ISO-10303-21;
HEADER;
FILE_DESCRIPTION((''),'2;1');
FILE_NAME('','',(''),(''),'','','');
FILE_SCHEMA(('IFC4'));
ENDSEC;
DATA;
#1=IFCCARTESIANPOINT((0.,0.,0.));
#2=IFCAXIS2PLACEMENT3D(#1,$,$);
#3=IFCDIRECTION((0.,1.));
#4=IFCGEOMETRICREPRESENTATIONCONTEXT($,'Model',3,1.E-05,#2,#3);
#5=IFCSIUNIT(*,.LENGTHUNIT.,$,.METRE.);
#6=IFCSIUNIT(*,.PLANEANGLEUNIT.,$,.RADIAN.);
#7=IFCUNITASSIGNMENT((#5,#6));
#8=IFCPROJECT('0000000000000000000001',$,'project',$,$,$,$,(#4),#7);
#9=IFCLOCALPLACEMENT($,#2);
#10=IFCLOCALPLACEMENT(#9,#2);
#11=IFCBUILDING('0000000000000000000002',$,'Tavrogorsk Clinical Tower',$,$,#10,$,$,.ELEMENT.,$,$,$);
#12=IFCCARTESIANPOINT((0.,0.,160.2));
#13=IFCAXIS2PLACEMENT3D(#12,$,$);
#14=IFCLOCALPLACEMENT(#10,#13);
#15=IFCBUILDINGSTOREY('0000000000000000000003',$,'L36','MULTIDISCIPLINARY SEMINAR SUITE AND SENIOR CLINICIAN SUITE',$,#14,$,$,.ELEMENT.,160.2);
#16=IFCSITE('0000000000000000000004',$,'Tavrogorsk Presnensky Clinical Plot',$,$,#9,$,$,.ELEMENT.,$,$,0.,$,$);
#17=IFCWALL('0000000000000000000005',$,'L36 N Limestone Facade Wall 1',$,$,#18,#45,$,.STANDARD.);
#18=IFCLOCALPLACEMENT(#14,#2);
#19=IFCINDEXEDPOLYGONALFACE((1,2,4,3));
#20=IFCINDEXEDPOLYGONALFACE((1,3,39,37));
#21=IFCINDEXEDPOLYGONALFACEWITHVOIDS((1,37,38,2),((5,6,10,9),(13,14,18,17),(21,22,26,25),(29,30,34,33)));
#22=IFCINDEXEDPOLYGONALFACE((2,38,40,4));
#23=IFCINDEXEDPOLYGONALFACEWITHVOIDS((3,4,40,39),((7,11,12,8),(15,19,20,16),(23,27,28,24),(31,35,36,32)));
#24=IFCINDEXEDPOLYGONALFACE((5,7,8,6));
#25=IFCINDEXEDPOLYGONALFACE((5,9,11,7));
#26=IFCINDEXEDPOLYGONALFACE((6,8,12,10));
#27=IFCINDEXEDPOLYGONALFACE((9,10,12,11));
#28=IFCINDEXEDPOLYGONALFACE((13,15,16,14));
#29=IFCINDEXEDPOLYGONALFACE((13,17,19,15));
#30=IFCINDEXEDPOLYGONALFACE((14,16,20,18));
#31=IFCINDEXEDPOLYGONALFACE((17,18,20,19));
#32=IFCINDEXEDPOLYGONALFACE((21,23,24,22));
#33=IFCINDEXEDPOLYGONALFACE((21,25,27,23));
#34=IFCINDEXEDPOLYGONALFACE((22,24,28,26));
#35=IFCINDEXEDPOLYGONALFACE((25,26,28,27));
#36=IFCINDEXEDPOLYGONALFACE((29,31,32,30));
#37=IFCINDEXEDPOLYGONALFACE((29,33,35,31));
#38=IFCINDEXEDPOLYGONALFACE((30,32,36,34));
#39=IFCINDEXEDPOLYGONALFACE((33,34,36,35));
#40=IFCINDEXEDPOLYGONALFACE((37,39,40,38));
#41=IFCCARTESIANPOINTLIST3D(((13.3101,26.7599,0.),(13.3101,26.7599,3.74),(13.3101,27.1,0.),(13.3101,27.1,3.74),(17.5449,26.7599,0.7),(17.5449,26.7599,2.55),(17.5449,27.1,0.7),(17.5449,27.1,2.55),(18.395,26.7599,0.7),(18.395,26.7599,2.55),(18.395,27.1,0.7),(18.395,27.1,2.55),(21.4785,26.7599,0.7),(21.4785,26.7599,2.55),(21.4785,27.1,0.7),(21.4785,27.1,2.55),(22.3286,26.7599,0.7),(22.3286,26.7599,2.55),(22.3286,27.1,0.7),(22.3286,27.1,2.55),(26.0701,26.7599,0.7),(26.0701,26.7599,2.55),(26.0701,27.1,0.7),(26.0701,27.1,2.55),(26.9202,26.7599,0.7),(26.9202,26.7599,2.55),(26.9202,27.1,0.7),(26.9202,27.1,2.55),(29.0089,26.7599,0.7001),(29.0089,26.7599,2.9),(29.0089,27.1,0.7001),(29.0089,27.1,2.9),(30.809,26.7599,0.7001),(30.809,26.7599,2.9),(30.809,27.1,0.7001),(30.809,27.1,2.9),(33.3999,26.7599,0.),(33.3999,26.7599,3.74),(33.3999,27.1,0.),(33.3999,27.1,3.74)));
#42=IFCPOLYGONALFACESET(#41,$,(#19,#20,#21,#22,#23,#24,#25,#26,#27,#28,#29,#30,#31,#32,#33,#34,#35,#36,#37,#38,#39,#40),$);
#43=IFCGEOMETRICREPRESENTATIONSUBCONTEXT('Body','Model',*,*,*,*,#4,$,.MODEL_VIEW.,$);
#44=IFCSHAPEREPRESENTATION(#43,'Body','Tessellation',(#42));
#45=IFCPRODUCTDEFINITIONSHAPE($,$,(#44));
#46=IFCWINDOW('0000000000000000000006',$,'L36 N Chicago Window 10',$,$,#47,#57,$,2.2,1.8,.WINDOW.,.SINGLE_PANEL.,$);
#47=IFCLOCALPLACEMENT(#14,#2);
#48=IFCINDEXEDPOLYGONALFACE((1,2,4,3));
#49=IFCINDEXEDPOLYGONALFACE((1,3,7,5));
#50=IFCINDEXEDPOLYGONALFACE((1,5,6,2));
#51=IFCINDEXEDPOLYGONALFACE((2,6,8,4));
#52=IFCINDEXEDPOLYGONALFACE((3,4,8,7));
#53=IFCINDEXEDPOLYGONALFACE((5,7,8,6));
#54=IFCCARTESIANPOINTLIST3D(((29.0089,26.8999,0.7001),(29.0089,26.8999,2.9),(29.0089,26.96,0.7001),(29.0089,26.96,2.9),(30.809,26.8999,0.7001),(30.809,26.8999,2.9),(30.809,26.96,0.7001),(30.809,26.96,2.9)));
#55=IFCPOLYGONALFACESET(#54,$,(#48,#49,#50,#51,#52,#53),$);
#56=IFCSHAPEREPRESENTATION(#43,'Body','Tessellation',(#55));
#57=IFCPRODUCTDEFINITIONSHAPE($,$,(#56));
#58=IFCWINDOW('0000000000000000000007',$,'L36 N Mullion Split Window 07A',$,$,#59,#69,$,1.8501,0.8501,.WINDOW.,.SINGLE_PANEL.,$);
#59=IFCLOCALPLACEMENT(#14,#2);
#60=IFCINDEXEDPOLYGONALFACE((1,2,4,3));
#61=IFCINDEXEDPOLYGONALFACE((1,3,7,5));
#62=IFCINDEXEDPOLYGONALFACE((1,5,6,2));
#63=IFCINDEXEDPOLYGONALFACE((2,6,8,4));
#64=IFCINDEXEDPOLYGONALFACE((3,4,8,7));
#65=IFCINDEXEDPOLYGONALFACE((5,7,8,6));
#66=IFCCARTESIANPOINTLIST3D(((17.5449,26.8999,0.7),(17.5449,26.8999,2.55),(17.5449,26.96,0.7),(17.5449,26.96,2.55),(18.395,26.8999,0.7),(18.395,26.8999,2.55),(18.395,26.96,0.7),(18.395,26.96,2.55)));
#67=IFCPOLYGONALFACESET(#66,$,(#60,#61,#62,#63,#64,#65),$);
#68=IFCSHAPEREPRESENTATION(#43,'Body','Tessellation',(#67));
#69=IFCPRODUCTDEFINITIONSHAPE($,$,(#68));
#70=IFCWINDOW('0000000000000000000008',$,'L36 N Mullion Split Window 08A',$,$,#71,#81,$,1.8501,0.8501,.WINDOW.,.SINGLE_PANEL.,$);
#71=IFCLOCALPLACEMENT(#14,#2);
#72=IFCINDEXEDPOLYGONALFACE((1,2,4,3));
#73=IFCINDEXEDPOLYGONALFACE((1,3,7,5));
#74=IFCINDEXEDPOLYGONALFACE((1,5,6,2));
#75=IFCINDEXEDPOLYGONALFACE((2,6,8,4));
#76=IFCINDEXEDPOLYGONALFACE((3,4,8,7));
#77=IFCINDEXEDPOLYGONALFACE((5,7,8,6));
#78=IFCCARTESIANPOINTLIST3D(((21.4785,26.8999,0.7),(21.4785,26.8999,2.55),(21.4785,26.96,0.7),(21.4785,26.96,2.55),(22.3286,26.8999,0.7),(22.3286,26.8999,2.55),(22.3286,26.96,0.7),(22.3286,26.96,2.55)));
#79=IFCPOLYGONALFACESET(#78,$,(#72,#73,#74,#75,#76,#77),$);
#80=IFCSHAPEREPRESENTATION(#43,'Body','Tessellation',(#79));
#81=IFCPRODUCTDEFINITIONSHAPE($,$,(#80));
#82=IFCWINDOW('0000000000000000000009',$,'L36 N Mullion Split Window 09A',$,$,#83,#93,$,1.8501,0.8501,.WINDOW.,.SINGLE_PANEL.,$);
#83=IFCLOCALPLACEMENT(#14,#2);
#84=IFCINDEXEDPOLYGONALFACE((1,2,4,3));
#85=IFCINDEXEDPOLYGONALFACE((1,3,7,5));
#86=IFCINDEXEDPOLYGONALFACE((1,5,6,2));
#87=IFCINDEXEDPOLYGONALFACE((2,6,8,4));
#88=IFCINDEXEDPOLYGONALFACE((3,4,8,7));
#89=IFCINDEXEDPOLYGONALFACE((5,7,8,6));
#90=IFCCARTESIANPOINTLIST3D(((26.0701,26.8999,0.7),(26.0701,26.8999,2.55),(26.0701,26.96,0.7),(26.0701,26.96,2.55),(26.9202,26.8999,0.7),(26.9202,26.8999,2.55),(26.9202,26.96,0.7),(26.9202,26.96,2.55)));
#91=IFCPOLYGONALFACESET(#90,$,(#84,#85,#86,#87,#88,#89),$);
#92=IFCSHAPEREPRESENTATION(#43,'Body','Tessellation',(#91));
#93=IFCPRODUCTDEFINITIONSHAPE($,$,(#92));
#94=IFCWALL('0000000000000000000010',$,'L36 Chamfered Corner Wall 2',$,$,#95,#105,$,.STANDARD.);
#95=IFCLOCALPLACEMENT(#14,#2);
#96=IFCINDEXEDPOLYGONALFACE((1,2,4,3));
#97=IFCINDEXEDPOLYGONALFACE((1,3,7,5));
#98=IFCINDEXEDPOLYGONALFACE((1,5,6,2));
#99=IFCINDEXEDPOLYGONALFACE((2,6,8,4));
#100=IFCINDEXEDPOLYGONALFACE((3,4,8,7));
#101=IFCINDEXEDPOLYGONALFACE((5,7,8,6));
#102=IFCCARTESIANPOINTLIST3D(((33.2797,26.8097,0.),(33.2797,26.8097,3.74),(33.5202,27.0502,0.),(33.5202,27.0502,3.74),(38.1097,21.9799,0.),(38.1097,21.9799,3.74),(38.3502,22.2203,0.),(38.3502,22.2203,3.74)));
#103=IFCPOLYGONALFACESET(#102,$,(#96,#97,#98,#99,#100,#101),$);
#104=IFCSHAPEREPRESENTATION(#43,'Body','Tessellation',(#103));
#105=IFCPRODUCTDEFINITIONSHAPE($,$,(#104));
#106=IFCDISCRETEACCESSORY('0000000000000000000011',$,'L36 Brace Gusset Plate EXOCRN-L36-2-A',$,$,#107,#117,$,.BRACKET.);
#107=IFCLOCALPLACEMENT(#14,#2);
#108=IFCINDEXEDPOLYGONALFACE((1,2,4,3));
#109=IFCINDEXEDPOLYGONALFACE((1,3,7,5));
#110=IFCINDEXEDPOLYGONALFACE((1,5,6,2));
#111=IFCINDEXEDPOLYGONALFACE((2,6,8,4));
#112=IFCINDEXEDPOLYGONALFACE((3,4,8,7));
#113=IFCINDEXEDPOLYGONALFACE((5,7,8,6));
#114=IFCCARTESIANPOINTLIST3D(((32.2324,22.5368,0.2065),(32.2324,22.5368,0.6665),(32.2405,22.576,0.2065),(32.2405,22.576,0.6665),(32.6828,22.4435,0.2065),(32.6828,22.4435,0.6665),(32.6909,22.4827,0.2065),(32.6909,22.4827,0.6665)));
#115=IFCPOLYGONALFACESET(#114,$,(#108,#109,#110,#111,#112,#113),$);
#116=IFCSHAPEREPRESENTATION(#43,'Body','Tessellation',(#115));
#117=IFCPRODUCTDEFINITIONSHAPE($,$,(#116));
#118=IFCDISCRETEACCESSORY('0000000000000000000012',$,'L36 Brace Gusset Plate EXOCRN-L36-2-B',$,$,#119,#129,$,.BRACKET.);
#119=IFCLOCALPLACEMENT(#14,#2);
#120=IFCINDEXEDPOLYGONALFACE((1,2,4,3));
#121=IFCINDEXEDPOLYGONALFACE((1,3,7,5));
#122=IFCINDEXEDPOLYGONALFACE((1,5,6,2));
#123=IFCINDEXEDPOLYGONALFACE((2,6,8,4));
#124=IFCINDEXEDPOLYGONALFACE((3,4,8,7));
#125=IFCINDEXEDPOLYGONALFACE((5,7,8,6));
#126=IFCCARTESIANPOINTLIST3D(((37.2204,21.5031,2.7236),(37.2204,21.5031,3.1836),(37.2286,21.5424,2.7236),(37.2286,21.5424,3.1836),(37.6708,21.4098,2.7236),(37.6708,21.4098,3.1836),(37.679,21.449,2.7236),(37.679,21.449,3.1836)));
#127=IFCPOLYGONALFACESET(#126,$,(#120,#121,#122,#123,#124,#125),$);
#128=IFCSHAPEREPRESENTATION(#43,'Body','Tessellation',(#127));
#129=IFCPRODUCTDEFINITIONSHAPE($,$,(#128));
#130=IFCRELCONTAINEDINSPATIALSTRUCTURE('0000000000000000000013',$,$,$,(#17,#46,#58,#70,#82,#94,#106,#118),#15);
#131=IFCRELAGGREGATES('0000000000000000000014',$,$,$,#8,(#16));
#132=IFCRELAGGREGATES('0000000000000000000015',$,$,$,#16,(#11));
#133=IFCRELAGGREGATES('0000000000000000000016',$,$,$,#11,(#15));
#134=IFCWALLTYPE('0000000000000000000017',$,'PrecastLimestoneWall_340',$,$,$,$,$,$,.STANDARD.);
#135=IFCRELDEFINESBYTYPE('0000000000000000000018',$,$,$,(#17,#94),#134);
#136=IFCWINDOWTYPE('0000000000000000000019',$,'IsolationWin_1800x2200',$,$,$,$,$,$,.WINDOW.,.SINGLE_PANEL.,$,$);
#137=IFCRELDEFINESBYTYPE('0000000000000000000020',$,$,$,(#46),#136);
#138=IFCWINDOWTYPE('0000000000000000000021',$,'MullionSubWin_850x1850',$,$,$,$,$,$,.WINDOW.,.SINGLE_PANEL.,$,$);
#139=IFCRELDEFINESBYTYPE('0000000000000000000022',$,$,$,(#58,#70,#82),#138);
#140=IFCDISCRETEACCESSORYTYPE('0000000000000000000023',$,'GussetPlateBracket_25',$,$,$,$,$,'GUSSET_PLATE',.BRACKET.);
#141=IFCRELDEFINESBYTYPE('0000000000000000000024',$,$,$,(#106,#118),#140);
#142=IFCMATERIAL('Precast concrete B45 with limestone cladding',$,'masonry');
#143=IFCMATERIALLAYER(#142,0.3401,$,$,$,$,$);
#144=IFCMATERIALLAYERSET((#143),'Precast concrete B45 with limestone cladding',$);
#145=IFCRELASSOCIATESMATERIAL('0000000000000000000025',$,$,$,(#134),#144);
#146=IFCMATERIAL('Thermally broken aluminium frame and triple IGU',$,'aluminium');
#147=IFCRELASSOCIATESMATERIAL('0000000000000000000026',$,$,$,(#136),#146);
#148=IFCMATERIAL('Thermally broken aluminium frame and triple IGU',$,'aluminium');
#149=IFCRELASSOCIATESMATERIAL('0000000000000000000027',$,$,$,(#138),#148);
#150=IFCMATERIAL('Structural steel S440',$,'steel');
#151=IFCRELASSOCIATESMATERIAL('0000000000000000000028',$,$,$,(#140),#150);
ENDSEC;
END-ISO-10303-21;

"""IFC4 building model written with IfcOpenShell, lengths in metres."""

from ifc_helpers import new_model, si_unit, direction, frame, frame_2d, origin, origin_2d, place, context, subcontext, project, spatial, rectangle, extrude, material, layer, layer_set, type_object, element, fill, save


model = new_model("IFC4")

# Units and contexts
model_context = context("Model", 3, precision=1e-05, world=origin(), true_north=direction((0.0, 1.0)))
body_context = subcontext(model_context, "Body", "Model", "MODEL_VIEW")
ifc_project = project(units=[si_unit("LENGTHUNIT", "METRE"), si_unit("PLANEANGLEUNIT", "RADIAN")], contexts=[model_context])

# Site, building, storey
site_placement = place(None, origin())
site = spatial("IfcSite", under=ifc_project, at=site_placement, Name="Tavrogorsk Presnensky Clinical Plot", CompositionType="ELEMENT", RefElevation=0.0)
building_placement = place(site_placement, origin())
building = spatial("IfcBuilding", under=site, at=building_placement, Name="Tavrogorsk Clinical Tower", CompositionType="ELEMENT")
storey_placement = place(building_placement, frame((0.0, 0.0, 160.2)))
storey = spatial("IfcBuildingStorey", under=building, at=storey_placement, Name="L36", Description="MULTIDISCIPLINARY SEMINAR SUITE AND SENIOR CLINICIAN SUITE", CompositionType="ELEMENT", Elevation=160.2)

# Wall, openings, windows
ifc_material_1 = material(Name="Precast concrete B45 with limestone cladding", Category="masonry")
ifc_layer_1 = layer(ifc_material_1, 0.3401)
ifc_layer_set_1 = layer_set([ifc_layer_1], Name="Precast concrete B45 with limestone cladding")
wall_type_1 = type_object("IfcWallType", Name="PrecastLimestoneWall_340", PredefinedType="STANDARD", material=ifc_layer_set_1)
wall_1_placement = place(storey_placement, frame((33.3999, 26.9299, 0.0), z_axis=(0.0, 0.0, 1.0), x_axis=(-1.0, 0.0, 0.0)))
wall_1 = element("IfcWall", 1, at=wall_1_placement, inside=storey, type_object=wall_type_1, Name="L36 N Limestone Facade Wall 1", PredefinedType="STANDARD", context=body_context, shape_type="SweptSolid", body=[
    extrude(rectangle(XDim=20.0898, YDim=0.3401, at=frame_2d((10.0449, 0.0))), origin(), (0.0, 0.0, 1.0), 3.74),
])
opening_1_placement = place(wall_1_placement, frame((15.0049, 0.0, 0.7)))
opening_1 = element("IfcOpeningElement", 2, at=opening_1_placement, cuts=wall_1, PredefinedType="OPENING", context=body_context, shape_type="SweptSolid", body=[
    extrude(rectangle(XDim=0.8501, YDim=1.8501, at=frame_2d((0.425, 0.925))), frame((0.0, 0.1799, 0.0), z_axis=(0.0, -1.0, 0.0), x_axis=(1.0, 0.0, 0.0)), (0.0, 0.0, 1.0), 0.3601),
])
opening_2_placement = place(wall_1_placement, frame((11.0713, 0.0, 0.7)))
opening_2 = element("IfcOpeningElement", 3, at=opening_2_placement, cuts=wall_1, PredefinedType="OPENING", context=body_context, shape_type="SweptSolid", body=[
    extrude(rectangle(XDim=0.8501, YDim=1.8501, at=frame_2d((0.425, 0.925))), frame((0.0, 0.1799, 0.0), z_axis=(0.0, -1.0, 0.0), x_axis=(1.0, 0.0, 0.0)), (0.0, 0.0, 1.0), 0.3601),
])
opening_3_placement = place(wall_1_placement, frame((6.4797, 0.0, 0.7)))
opening_3 = element("IfcOpeningElement", 4, at=opening_3_placement, cuts=wall_1, PredefinedType="OPENING", context=body_context, shape_type="SweptSolid", body=[
    extrude(rectangle(XDim=0.8501, YDim=1.8501, at=frame_2d((0.425, 0.925))), frame((0.0, 0.1799, 0.0), z_axis=(0.0, -1.0, 0.0), x_axis=(1.0, 0.0, 0.0)), (0.0, 0.0, 1.0), 0.3601),
])
opening_4_placement = place(wall_1_placement, frame((2.5911, 0.0, 0.7)))
opening_4 = element("IfcOpeningElement", 5, at=opening_4_placement, cuts=wall_1, PredefinedType="OPENING", context=body_context, shape_type="SweptSolid", body=[
    extrude(rectangle(XDim=1.8, YDim=2.2, at=frame_2d((0.8999, 1.1001))), frame((0.0, 0.1799, 0.0), z_axis=(0.0, -1.0, 0.0), x_axis=(1.0, 0.0, 0.0)), (0.0, 0.0, 1.0), 0.3601),
])
ifc_material_2 = material(Name="Thermally broken aluminium frame and triple IGU", Category="aluminium")
window_type_1 = type_object("IfcWindowType", Name="IsolationWin_1800x2200", PartitioningType="SINGLE_PANEL", PredefinedType="WINDOW", material=ifc_material_2)
window_1_placement = place(opening_4_placement, origin())
window_1 = element("IfcWindow", 6, at=window_1_placement, inside=storey, type_object=window_type_1, Name="L36 N Chicago Window 10", OverallHeight=2.2, OverallWidth=1.8, PartitioningType="SINGLE_PANEL", PredefinedType="WINDOW", context=body_context, shape_type="SweptSolid", body=[
    extrude(rectangle(XDim=1.8, YDim=2.2, at=frame_2d((0.8999, 1.1001))), frame((0.0, 0.03, 0.0), z_axis=(0.0, -1.0, 0.0), x_axis=(1.0, 0.0, 0.0)), (0.0, 0.0, 1.0), 0.0601),
])
fill(opening_4, window_1)
ifc_material_3 = material(Name="Thermally broken aluminium frame and triple IGU", Category="aluminium")
window_type_2 = type_object("IfcWindowType", Name="MullionSubWin_850x1850", PartitioningType="SINGLE_PANEL", PredefinedType="WINDOW", material=ifc_material_3)
window_2_placement = place(opening_1_placement, origin())
window_2 = element("IfcWindow", 7, at=window_2_placement, inside=storey, type_object=window_type_2, Name="L36 N Mullion Split Window 07A", OverallHeight=1.8501, OverallWidth=0.8501, PartitioningType="SINGLE_PANEL", PredefinedType="WINDOW", context=body_context, shape_type="SweptSolid", body=[
    extrude(rectangle(XDim=0.8501, YDim=1.8501, at=frame_2d((0.425, 0.925))), frame((0.0, 0.03, 0.0), z_axis=(0.0, -1.0, 0.0), x_axis=(1.0, 0.0, 0.0)), (0.0, 0.0, 1.0), 0.0601),
])
fill(opening_1, window_2)
window_3_placement = place(opening_2_placement, origin())
window_3 = element("IfcWindow", 8, at=window_3_placement, inside=storey, type_object=window_type_2, Name="L36 N Mullion Split Window 08A", OverallHeight=1.8501, OverallWidth=0.8501, PartitioningType="SINGLE_PANEL", PredefinedType="WINDOW", context=body_context, shape_type="SweptSolid", body=[
    extrude(rectangle(XDim=0.8501, YDim=1.8501, at=frame_2d((0.425, 0.925))), frame((0.0, 0.03, 0.0), z_axis=(0.0, -1.0, 0.0), x_axis=(1.0, 0.0, 0.0)), (0.0, 0.0, 1.0), 0.0601),
])
fill(opening_2, window_3)
window_4_placement = place(opening_3_placement, origin())
window_4 = element("IfcWindow", 9, at=window_4_placement, inside=storey, type_object=window_type_2, Name="L36 N Mullion Split Window 09A", OverallHeight=1.8501, OverallWidth=0.8501, PartitioningType="SINGLE_PANEL", PredefinedType="WINDOW", context=body_context, shape_type="SweptSolid", body=[
    extrude(rectangle(XDim=0.8501, YDim=1.8501, at=frame_2d((0.425, 0.925))), frame((0.0, 0.03, 0.0), z_axis=(0.0, -1.0, 0.0), x_axis=(1.0, 0.0, 0.0)), (0.0, 0.0, 1.0), 0.0601),
])
fill(opening_3, window_4)

# Wall
wall_2_placement = place(storey_placement, frame((38.23, 22.1001, 0.0), z_axis=(0.0, 0.0, 1.0), x_axis=(-0.707125, 0.707089, 0.0)))
element("IfcWall", 10, at=wall_2_placement, inside=storey, type_object=wall_type_1, Name="L36 Chamfered Corner Wall 2", PredefinedType="STANDARD", context=body_context, shape_type="SweptSolid", body=[
    extrude(rectangle(XDim=6.8306, YDim=0.3401, at=frame_2d((3.4153, 0.0))), origin(), (0.0, 0.0, 1.0), 3.74),
])

# Discrete accessories
ifc_material_4 = material(Name="Structural steel S440", Category="steel")
discrete_accessory_type = type_object("IfcDiscreteAccessoryType", Name="GussetPlateBracket_25", ElementType="GUSSET_PLATE", PredefinedType="BRACKET", material=ifc_material_4)
for number, where, z_axis, x_axis, name in (
    (11, (32.4617, 22.5098, 0.2065), (0.0, 0.0, 1.0), (0.979187, -0.202958, 0.0), "L36 Brace Gusset Plate EXOCRN-L36-2-A"),
    (12, (37.4497, 21.4761, 2.7236), (0.0, 0.0, 1.0), (0.979187, -0.202958, 0.0), "L36 Brace Gusset Plate EXOCRN-L36-2-B"),
):
    element("IfcDiscreteAccessory", number, at=place(storey_placement, frame(where, z_axis=z_axis, x_axis=x_axis)), inside=storey, type_object=discrete_accessory_type, Name=name, PredefinedType="BRACKET", context=body_context, shape_type="SweptSolid", body=[
        extrude(rectangle(XDim=0.46, YDim=0.04, at=origin_2d()), origin(), (0.0, 0.0, 1.0), 0.46),
    ])

save(model, "model.ifc")
